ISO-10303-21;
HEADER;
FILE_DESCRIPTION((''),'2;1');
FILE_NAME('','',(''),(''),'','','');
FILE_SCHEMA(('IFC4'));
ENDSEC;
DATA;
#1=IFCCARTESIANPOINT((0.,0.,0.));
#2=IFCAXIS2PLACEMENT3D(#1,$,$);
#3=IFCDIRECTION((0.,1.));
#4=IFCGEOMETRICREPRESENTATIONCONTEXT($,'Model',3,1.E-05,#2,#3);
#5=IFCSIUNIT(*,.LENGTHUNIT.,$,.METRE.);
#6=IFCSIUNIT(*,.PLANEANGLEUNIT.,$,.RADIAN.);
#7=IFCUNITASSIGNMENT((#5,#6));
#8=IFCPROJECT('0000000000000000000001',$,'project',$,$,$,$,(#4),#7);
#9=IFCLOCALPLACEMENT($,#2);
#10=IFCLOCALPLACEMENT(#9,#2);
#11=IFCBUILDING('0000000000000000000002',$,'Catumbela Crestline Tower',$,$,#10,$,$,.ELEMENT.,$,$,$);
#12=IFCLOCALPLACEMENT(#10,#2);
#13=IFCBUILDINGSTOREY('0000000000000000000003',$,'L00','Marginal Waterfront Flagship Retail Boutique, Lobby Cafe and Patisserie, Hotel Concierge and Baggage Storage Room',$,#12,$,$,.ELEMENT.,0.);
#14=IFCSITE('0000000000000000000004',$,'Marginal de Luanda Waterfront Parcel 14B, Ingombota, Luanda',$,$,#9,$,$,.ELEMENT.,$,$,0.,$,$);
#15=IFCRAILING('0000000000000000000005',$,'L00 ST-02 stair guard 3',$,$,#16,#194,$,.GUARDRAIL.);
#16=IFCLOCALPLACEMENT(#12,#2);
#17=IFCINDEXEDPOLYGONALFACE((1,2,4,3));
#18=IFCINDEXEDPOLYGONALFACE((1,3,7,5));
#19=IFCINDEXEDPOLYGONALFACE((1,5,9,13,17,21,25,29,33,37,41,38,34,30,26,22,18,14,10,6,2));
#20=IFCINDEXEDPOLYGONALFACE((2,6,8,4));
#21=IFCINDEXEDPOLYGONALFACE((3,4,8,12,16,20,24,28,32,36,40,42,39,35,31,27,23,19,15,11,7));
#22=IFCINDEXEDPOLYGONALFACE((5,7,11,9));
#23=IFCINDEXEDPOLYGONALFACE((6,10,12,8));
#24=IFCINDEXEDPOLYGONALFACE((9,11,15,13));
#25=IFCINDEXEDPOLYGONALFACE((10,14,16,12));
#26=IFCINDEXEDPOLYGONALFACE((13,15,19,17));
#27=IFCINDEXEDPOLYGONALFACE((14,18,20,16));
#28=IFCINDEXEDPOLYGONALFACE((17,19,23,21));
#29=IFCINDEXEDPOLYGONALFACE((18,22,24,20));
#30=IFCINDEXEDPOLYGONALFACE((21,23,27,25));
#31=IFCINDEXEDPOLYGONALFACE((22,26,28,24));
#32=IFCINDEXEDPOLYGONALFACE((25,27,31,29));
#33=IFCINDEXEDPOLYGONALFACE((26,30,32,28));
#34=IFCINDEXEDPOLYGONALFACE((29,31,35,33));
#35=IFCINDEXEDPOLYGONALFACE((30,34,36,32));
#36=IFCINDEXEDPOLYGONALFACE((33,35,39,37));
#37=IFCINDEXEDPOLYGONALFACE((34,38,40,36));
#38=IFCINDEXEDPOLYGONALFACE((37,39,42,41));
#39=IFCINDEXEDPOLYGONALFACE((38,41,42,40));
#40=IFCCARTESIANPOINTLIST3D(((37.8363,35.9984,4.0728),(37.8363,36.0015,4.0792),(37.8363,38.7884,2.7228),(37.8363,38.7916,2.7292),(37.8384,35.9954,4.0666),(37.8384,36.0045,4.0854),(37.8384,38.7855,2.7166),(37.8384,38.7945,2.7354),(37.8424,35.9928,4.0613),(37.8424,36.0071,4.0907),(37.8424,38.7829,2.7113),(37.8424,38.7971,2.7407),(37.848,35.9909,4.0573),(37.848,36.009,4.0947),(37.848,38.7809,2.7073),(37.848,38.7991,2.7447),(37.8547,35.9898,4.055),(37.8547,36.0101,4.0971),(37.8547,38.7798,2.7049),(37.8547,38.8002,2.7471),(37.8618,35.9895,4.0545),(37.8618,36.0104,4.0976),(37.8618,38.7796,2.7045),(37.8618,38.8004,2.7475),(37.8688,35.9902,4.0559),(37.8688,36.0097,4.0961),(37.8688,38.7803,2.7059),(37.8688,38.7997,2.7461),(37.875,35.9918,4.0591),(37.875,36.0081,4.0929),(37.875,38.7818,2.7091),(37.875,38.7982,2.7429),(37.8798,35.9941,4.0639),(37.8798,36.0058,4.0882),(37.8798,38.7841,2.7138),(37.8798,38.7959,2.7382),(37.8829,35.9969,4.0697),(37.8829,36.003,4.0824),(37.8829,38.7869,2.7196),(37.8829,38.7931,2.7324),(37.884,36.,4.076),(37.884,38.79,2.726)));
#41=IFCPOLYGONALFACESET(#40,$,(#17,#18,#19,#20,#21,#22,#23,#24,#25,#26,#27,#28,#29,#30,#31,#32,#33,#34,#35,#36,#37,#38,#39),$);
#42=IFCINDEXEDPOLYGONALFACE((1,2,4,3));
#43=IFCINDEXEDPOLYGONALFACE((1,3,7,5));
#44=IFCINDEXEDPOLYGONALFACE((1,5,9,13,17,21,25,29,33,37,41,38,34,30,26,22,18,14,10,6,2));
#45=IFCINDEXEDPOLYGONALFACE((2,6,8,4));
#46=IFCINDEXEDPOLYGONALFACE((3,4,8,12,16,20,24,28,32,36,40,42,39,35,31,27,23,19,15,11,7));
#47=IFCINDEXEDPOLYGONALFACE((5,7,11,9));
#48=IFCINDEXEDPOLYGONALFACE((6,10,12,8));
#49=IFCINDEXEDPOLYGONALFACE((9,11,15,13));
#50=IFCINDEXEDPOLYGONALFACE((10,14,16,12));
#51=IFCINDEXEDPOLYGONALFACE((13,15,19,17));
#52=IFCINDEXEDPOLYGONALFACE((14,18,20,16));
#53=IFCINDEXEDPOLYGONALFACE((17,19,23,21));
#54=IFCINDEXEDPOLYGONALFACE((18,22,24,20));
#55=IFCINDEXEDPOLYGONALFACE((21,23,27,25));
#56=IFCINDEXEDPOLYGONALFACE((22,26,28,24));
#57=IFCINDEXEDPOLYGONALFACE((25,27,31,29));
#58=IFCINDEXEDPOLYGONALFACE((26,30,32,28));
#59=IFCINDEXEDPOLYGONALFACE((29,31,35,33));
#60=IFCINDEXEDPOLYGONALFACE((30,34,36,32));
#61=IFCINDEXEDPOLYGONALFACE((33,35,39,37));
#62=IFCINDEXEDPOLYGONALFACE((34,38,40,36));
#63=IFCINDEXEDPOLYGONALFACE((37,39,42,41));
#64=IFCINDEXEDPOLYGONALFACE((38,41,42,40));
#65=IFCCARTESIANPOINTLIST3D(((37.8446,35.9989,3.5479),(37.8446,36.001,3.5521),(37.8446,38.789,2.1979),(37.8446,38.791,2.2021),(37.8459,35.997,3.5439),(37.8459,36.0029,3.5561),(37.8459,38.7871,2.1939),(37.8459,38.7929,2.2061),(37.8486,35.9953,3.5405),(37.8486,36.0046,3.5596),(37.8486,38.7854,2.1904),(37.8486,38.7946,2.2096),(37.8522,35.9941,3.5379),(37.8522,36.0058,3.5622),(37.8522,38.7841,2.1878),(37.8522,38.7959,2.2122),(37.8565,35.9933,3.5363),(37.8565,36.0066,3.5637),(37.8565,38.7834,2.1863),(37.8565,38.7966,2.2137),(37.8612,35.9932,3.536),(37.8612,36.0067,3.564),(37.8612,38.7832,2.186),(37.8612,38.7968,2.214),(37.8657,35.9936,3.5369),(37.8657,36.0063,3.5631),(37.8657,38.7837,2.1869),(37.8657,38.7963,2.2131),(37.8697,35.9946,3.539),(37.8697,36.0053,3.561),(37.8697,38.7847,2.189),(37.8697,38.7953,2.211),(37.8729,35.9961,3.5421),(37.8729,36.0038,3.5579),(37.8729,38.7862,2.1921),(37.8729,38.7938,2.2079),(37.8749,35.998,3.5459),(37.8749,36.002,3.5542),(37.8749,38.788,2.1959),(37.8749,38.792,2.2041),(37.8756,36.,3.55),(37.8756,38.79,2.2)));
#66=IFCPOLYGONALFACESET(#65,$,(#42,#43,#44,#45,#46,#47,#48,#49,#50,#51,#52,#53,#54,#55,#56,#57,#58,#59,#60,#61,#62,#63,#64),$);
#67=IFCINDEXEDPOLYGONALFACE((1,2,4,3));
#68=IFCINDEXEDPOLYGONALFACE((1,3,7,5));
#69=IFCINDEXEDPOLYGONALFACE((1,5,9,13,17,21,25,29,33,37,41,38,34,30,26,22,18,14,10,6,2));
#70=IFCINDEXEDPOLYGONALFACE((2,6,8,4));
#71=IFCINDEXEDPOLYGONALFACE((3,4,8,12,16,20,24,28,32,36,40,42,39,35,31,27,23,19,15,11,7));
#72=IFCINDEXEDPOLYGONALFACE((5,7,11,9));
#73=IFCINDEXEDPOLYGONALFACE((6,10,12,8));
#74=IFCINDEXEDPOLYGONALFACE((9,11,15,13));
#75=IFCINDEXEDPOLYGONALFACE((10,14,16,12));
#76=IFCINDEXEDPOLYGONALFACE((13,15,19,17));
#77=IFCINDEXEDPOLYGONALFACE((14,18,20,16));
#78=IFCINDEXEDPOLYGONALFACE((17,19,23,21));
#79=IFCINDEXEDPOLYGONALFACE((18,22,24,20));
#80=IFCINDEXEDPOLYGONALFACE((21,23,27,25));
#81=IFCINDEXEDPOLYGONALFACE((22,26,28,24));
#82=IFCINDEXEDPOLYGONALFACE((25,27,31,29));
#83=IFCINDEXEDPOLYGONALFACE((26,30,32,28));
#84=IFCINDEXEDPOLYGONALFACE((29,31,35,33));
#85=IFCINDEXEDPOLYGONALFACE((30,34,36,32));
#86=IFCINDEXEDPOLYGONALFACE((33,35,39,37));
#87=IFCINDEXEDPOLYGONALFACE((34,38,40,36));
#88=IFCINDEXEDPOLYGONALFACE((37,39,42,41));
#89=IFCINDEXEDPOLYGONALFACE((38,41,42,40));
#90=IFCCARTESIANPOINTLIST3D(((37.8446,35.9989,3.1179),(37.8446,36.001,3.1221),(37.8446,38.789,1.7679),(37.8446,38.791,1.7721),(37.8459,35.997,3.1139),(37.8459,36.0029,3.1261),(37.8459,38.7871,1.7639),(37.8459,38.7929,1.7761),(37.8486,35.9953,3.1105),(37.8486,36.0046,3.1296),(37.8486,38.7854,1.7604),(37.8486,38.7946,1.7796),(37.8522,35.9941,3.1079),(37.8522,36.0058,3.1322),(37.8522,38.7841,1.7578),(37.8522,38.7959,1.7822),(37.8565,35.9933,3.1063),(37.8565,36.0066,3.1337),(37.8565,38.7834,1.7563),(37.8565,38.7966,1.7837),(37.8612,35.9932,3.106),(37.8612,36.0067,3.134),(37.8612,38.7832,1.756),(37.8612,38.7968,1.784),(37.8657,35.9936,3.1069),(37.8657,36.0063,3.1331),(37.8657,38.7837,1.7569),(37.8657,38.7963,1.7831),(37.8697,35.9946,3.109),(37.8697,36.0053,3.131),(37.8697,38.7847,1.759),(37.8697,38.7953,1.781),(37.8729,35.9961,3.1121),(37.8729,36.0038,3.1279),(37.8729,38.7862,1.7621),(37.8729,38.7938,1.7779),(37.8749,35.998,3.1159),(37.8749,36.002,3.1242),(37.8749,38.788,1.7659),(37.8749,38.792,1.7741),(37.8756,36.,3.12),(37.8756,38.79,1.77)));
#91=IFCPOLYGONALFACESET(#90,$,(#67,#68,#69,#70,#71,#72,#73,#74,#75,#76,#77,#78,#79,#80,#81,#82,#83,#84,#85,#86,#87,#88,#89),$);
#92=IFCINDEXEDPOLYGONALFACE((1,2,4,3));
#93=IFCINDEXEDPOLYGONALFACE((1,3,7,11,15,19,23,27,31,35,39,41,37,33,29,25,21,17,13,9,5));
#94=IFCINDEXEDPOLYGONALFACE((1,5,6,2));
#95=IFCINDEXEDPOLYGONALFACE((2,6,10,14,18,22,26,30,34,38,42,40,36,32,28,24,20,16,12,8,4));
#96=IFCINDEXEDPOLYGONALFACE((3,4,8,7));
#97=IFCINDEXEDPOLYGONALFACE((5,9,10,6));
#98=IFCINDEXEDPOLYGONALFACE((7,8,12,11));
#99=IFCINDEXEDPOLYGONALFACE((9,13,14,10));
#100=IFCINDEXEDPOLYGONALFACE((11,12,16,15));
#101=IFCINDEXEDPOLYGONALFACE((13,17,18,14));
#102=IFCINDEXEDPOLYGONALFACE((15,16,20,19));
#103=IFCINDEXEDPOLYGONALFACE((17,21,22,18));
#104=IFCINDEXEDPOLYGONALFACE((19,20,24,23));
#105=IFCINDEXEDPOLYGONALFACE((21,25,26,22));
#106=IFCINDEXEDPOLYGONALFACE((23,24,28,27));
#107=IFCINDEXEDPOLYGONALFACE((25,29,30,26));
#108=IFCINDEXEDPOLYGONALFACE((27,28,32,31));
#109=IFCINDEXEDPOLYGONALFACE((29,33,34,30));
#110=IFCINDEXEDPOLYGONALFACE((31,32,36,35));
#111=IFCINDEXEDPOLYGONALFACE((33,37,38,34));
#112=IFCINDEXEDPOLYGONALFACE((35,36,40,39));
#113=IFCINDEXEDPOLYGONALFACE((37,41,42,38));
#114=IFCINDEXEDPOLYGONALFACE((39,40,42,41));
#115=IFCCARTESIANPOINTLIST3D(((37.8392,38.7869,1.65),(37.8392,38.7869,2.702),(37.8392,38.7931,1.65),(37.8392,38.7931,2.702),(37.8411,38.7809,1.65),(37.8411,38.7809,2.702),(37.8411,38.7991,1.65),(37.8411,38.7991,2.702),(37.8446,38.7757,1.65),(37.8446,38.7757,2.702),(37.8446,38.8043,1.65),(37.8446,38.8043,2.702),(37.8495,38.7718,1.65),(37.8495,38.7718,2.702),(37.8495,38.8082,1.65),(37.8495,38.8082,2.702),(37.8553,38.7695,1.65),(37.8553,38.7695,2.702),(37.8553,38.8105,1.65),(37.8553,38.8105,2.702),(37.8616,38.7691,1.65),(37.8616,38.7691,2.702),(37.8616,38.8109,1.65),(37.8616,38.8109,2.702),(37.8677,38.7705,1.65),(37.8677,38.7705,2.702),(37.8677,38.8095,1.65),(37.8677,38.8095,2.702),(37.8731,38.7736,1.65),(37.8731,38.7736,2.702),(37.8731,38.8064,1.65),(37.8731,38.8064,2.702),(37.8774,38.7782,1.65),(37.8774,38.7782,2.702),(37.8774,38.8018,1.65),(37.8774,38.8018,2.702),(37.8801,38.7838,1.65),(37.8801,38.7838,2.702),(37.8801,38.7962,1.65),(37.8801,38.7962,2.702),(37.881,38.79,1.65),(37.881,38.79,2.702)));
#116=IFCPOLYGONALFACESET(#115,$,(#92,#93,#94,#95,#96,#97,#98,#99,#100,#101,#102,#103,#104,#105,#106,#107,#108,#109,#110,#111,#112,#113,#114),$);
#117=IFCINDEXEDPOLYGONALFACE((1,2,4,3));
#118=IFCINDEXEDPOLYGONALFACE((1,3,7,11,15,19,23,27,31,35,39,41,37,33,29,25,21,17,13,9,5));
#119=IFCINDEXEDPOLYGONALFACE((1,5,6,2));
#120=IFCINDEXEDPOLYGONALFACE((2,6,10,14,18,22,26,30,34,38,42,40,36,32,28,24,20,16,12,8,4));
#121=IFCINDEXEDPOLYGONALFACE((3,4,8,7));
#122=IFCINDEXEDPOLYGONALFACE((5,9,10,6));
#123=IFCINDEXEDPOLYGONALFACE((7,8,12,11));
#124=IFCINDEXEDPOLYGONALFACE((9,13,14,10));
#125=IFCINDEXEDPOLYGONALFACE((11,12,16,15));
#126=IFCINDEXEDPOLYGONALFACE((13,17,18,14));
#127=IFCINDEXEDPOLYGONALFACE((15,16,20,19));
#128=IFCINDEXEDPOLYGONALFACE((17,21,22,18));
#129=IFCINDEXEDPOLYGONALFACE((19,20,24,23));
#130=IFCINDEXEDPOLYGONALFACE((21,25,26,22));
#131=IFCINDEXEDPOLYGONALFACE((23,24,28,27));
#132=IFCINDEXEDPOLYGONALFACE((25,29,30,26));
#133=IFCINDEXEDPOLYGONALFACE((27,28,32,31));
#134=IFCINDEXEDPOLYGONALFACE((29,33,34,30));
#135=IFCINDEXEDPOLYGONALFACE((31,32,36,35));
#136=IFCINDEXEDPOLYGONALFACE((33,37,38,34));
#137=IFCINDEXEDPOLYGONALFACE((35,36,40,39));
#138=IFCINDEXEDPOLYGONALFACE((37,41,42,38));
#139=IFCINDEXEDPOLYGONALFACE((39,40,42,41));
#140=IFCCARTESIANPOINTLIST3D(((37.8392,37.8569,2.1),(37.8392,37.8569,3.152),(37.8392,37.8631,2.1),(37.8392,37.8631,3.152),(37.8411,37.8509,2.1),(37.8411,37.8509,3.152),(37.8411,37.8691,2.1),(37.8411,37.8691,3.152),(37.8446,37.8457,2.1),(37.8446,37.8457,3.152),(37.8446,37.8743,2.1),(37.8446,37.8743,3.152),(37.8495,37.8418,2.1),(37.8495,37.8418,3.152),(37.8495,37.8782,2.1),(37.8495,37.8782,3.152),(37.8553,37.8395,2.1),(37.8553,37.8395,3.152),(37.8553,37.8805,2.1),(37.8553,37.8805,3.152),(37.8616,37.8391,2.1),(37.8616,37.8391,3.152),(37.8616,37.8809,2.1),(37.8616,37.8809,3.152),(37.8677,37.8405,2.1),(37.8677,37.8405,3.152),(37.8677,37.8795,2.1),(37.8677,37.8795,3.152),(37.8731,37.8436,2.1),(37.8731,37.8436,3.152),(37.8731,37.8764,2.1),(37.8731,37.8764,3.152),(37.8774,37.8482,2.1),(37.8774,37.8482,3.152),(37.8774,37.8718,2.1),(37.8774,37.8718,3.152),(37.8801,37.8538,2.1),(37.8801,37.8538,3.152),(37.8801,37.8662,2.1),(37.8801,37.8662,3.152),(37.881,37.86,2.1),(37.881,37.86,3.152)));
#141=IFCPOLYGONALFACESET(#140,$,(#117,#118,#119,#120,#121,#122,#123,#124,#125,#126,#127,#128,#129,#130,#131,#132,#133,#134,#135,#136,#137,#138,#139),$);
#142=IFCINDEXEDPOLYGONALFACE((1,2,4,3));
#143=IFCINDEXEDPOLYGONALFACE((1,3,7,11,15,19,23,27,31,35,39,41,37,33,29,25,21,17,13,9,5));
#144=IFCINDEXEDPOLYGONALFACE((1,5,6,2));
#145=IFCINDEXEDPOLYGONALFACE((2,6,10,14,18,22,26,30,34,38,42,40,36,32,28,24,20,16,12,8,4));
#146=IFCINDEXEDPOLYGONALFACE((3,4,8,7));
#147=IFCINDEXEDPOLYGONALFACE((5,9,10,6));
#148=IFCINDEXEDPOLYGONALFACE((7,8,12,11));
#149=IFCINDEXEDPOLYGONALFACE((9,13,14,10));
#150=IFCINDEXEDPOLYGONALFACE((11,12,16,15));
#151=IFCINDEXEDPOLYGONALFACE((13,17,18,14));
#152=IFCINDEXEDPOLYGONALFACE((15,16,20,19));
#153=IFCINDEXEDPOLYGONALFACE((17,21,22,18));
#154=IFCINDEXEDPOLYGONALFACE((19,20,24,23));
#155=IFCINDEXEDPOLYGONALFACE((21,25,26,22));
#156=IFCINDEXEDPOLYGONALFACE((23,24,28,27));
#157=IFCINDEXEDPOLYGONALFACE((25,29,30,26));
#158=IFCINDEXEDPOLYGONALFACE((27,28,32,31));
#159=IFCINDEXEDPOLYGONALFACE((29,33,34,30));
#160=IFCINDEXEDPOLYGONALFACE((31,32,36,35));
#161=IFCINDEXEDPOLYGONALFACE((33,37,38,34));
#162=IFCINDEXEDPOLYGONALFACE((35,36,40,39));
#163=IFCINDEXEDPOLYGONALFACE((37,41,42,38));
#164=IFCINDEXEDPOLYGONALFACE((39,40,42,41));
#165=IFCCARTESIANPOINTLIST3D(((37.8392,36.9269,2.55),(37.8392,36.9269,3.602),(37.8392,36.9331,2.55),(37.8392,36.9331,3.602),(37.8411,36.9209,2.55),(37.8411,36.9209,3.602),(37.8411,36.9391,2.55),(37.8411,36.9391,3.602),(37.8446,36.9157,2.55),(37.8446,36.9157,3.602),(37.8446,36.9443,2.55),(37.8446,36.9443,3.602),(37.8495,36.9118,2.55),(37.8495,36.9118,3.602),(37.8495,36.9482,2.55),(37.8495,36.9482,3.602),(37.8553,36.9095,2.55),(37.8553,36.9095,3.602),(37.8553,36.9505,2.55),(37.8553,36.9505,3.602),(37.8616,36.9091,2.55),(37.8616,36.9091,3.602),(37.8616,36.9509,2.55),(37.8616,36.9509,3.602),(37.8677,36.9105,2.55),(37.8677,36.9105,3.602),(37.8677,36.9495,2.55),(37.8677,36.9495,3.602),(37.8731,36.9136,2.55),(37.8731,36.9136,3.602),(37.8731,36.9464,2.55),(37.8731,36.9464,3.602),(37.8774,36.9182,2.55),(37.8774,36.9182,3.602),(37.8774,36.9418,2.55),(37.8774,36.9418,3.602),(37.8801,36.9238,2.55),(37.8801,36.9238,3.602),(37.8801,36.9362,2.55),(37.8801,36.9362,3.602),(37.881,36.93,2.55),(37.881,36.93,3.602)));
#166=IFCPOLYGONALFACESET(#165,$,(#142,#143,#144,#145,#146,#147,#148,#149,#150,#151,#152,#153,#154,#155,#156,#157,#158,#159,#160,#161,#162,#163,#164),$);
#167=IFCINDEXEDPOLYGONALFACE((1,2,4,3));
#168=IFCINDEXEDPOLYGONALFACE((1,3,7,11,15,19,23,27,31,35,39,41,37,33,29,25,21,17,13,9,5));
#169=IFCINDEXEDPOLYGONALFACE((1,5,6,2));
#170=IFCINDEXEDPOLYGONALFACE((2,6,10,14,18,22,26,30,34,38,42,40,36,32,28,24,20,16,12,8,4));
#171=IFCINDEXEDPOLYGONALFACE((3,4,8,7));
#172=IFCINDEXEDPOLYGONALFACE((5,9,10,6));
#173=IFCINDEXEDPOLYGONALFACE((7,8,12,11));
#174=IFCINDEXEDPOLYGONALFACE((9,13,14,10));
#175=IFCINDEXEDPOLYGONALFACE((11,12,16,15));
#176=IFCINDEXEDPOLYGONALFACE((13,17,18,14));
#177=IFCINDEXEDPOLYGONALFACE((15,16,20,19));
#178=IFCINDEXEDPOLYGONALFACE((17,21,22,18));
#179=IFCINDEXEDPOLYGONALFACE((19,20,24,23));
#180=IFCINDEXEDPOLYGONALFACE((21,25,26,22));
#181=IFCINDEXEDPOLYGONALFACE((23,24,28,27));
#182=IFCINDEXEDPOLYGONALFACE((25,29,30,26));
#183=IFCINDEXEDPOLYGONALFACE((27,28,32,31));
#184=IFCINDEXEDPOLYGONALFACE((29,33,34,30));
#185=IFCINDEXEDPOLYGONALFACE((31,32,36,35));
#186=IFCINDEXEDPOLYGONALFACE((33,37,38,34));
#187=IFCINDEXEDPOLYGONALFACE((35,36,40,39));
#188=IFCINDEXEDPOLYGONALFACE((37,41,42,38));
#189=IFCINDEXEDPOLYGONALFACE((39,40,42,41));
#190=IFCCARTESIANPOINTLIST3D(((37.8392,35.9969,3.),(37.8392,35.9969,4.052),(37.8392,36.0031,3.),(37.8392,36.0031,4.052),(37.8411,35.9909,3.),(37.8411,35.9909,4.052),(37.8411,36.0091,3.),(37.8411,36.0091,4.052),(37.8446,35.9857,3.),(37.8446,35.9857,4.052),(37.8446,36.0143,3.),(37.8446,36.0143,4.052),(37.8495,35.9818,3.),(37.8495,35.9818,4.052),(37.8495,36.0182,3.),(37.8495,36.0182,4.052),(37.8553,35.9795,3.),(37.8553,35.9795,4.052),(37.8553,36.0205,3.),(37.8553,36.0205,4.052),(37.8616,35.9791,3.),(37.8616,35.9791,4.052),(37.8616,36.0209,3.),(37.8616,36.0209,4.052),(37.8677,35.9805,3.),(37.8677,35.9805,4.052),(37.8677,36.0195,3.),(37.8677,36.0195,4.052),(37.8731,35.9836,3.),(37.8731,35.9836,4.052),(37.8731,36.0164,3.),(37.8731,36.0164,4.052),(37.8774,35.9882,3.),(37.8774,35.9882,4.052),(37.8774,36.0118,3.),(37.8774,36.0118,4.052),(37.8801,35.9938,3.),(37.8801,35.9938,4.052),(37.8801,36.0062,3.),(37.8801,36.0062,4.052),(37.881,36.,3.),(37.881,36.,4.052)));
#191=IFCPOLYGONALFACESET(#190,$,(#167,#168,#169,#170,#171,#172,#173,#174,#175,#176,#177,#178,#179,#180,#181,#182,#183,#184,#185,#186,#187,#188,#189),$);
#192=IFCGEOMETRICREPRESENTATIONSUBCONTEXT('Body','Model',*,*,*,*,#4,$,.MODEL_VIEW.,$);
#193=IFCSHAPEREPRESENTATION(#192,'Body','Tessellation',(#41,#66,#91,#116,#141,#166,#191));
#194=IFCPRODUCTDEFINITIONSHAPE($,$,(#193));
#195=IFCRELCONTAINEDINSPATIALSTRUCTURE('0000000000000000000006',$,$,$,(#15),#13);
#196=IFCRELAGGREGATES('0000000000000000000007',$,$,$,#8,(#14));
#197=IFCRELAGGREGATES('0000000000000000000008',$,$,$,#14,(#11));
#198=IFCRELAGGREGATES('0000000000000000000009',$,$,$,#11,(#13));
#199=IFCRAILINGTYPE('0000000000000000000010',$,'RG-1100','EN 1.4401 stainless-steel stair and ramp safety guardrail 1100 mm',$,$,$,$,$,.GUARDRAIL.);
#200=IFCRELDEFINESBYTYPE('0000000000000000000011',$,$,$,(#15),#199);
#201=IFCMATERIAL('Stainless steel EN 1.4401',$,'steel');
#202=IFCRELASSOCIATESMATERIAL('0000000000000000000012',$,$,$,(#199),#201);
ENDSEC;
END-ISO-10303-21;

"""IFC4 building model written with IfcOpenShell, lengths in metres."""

from ifc_helpers import new_model, si_unit, direction, frame, origin, origin_2d, place, context, subcontext, project, spatial, circle, extrude, material, type_object, element, save


model = new_model("IFC4")

# Units and contexts
model_context = context("Model", 3, precision=1e-05, world=origin(), true_north=direction((0.0, 1.0)))
body_context = subcontext(model_context, "Body", "Model", "MODEL_VIEW")
ifc_project = project(units=[si_unit("LENGTHUNIT", "METRE"), si_unit("PLANEANGLEUNIT", "RADIAN")], contexts=[model_context])

# Site, building, storey
site_placement = place(None, origin())
site = spatial("IfcSite", under=ifc_project, at=site_placement, Name="Marginal de Luanda Waterfront Parcel 14B, Ingombota, Luanda", CompositionType="ELEMENT", RefElevation=0.0)
building_placement = place(site_placement, origin())
building = spatial("IfcBuilding", under=site, at=building_placement, Name="Catumbela Crestline Tower", CompositionType="ELEMENT")
storey_placement = place(building_placement, origin())
storey = spatial("IfcBuildingStorey", under=building, at=storey_placement, Name="L00", Description="Marginal Waterfront Flagship Retail Boutique, Lobby Cafe and Patisserie, Hotel Concierge and Baggage Storage Room", CompositionType="ELEMENT", Elevation=0.0)

# Shared definitions
ifc_material_1 = material(Name="Stainless steel EN 1.4401", Category="steel")

# Railing
railing_type_1 = type_object("IfcRailingType", Name="RG-1100", Description="EN 1.4401 stainless-steel stair and ramp safety guardrail 1100 mm", PredefinedType="GUARDRAIL", material=ifc_material_1)
railing_1_placement = place(storey_placement, frame((37.86, 38.79, 1.65)))
element("IfcRailing", 1, at=railing_1_placement, inside=storey, type_object=railing_type_1, Name="L00 ST-02 stair guard 3", PredefinedType="GUARDRAIL", context=body_context, shape_type="SweptSolid", body=[
    extrude(circle(Radius=0.024, at=origin_2d()), frame((0.0, 0.0, 1.076), z_axis=(0.0, -0.900159, 0.435561), x_axis=(1.0, 0.0, 0.0)), (0.0, 0.0, 1.0), 3.0995),
    extrude(circle(Radius=0.0156, at=origin_2d()), frame((0.0, 0.0, 0.55), z_axis=(0.0, -0.900159, 0.435561), x_axis=(1.0, 0.0, 0.0)), (0.0, 0.0, 1.0), 3.0995),
    extrude(circle(Radius=0.0156, at=origin_2d()), frame((0.0, 0.0, 0.12), z_axis=(0.0, -0.900159, 0.435561), x_axis=(1.0, 0.0, 0.0)), (0.0, 0.0, 1.0), 3.0995),
    extrude(circle(Radius=0.021, at=origin_2d()), origin(), (0.0, 0.0, 1.0), 1.052),
    extrude(circle(Radius=0.021, at=origin_2d()), frame((0.0, -0.93, 0.45)), (0.0, 0.0, 1.0), 1.052),
    extrude(circle(Radius=0.021, at=origin_2d()), frame((0.0, -1.86, 0.9)), (0.0, 0.0, 1.0), 1.052),
    extrude(circle(Radius=0.021, at=origin_2d()), frame((0.0, -2.79, 1.35)), (0.0, 0.0, 1.0), 1.052),
])

save(model, "model.ifc")
